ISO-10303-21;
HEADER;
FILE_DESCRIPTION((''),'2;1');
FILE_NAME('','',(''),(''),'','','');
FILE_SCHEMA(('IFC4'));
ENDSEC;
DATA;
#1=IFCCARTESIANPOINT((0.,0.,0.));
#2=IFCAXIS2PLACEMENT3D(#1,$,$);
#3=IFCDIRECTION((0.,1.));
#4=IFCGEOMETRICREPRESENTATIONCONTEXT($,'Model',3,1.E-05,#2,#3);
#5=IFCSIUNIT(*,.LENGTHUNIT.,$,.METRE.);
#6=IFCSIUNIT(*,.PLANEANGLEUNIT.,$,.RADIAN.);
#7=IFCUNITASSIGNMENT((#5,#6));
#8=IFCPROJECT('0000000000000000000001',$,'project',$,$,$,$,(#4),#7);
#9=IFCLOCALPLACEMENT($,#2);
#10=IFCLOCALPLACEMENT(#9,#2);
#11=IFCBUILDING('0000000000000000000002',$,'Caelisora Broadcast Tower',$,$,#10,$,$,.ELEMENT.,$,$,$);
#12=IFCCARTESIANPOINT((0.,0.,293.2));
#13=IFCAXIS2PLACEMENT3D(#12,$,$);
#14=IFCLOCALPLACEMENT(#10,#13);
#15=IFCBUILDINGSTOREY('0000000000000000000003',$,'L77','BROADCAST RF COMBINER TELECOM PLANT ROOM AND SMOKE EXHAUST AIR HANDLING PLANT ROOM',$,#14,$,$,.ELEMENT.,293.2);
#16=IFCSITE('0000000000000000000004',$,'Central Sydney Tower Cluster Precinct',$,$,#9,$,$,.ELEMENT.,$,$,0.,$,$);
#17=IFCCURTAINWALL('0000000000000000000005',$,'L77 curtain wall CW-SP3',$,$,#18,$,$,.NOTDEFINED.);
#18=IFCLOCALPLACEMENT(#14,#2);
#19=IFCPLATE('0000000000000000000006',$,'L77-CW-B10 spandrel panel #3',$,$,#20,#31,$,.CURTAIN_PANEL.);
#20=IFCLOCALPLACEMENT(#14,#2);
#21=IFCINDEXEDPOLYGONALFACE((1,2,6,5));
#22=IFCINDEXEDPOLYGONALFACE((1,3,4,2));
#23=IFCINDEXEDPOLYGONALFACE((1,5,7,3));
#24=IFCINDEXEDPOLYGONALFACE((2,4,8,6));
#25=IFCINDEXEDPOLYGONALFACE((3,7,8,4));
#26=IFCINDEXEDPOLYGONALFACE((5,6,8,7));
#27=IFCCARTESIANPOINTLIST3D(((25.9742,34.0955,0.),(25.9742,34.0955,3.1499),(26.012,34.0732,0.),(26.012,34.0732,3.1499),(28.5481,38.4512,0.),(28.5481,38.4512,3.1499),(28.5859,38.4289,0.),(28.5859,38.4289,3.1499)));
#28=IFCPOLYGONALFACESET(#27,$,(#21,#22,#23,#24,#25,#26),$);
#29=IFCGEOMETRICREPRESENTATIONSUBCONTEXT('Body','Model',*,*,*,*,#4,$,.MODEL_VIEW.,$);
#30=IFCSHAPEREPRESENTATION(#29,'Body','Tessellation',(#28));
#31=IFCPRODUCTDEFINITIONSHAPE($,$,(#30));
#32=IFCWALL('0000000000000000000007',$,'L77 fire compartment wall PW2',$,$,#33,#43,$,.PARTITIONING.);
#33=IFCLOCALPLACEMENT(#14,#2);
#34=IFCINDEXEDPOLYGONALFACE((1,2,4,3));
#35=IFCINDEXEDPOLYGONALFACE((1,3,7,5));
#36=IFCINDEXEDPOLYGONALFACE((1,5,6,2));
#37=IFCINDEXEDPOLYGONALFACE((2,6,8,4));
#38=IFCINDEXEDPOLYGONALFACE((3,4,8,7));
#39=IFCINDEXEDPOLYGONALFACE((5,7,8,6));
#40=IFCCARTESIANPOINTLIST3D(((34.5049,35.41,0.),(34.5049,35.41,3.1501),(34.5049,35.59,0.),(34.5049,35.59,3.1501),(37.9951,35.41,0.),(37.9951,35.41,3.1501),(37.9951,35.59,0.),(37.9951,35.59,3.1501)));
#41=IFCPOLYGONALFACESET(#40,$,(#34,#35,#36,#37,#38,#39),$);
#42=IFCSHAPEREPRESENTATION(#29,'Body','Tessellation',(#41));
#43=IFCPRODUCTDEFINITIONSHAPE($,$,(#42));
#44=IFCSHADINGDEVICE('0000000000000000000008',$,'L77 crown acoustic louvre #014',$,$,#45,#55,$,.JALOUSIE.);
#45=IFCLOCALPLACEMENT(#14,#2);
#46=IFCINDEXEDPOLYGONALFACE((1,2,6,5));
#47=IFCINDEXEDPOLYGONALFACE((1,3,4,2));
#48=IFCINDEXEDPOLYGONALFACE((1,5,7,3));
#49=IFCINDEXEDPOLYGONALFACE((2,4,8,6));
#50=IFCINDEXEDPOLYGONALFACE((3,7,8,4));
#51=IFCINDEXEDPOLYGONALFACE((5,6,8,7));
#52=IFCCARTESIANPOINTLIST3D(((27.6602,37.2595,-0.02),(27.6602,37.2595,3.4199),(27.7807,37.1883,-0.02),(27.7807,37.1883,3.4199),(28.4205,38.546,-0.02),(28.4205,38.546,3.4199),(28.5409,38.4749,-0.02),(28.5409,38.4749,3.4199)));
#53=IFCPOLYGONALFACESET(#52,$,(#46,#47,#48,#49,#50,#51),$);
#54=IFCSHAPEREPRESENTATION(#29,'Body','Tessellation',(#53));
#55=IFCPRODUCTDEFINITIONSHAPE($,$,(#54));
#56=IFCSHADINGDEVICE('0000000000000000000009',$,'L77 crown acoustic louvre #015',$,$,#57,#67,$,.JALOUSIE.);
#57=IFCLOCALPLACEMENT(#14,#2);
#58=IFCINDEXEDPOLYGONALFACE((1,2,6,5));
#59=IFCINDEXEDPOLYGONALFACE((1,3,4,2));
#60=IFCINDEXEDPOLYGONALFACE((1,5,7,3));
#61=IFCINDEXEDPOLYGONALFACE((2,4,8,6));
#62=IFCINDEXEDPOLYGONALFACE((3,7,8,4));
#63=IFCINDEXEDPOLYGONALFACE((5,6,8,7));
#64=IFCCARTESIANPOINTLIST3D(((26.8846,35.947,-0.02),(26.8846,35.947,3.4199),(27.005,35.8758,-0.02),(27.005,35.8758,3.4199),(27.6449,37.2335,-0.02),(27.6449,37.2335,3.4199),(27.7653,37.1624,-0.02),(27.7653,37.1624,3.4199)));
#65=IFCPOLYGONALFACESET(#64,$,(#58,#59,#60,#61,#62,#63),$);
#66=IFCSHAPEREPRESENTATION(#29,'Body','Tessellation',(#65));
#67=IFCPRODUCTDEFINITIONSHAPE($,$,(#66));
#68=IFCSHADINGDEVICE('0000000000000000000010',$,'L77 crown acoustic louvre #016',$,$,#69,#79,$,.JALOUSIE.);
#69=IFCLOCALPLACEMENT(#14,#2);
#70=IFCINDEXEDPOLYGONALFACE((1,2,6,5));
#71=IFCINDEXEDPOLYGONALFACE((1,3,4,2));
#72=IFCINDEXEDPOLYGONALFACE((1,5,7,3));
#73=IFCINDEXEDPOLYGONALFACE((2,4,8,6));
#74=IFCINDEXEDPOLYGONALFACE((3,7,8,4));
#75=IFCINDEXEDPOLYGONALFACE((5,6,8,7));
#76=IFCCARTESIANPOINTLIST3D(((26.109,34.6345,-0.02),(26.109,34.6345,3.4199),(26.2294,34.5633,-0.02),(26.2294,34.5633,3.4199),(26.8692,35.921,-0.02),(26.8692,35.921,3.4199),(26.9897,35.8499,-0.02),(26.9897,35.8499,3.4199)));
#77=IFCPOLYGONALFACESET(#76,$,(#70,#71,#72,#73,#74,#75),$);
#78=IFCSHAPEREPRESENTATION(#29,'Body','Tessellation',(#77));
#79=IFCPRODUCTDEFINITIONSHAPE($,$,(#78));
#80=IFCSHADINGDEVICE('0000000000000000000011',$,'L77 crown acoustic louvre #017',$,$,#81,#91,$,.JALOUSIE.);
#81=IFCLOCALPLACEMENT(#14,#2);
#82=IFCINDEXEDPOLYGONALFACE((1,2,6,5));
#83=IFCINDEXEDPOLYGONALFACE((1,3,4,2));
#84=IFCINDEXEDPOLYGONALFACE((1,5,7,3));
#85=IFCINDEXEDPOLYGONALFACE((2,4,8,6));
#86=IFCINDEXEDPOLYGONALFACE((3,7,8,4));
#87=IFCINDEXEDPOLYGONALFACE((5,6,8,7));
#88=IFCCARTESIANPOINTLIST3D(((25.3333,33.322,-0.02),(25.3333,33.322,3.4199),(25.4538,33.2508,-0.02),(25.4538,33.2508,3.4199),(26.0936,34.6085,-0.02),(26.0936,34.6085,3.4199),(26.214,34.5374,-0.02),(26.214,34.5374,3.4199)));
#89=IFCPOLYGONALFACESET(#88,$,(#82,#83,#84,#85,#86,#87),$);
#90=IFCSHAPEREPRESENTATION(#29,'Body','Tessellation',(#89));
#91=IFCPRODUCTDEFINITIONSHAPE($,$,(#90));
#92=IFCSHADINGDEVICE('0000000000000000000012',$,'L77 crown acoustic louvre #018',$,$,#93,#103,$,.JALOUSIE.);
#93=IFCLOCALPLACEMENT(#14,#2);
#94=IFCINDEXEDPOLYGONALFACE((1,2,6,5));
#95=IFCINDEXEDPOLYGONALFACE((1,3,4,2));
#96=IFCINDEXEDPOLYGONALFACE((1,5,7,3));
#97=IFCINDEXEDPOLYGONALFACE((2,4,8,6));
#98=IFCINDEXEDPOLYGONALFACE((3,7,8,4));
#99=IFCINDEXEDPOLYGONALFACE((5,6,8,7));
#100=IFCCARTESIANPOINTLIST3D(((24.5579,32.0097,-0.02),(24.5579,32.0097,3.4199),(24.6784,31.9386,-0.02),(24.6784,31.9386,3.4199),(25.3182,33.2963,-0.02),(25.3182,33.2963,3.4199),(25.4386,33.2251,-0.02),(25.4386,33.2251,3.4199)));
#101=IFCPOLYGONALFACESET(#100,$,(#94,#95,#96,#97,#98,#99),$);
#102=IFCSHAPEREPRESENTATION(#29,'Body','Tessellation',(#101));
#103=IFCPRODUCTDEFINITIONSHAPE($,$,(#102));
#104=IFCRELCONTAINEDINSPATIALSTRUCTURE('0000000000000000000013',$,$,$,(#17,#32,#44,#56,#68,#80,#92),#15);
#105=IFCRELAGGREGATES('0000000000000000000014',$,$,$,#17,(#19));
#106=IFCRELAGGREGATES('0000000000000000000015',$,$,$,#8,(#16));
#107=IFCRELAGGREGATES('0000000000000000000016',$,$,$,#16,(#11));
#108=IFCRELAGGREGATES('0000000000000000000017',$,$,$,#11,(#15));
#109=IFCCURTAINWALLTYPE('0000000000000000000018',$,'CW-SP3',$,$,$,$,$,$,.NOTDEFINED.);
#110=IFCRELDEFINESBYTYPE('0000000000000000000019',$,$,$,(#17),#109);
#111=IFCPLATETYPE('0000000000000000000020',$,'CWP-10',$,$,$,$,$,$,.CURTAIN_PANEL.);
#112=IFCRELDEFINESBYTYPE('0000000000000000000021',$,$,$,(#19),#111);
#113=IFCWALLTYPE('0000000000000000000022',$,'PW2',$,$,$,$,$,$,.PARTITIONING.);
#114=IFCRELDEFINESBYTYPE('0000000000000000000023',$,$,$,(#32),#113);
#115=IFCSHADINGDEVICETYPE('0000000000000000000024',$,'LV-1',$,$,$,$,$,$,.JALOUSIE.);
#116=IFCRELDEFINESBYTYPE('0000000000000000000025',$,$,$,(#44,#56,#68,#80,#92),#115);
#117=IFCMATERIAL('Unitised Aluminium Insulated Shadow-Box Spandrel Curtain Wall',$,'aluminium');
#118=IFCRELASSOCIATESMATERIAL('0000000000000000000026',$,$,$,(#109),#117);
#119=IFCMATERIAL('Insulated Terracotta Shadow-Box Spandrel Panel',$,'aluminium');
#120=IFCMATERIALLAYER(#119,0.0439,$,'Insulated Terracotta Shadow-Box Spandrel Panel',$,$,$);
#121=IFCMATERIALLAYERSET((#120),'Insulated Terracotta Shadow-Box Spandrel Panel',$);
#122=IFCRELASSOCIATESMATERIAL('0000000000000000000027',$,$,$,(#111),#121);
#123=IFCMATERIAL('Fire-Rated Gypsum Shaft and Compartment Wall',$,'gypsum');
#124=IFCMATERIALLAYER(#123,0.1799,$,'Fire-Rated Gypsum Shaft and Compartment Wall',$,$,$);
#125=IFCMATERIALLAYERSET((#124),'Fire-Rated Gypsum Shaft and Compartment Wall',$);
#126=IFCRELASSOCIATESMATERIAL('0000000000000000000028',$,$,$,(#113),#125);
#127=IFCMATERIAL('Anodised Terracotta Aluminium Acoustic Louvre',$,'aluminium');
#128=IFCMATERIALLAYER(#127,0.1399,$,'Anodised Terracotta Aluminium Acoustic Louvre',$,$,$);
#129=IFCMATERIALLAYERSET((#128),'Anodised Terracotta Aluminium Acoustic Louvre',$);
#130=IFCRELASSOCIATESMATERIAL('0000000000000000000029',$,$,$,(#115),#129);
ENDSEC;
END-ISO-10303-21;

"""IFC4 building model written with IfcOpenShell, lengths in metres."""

from ifc_helpers import new_model, si_unit, direction, frame, frame_2d, origin, origin_2d, place, context, subcontext, project, spatial, rectangle, extrude, source, transform, mapped, material, layer, layer_set, type_object, type_shapes, element, aggregate, save


model = new_model("IFC4")

# Units and contexts
model_context = context("Model", 3, precision=1e-05, world=origin(), true_north=direction((0.0, 1.0)))
body_context = subcontext(model_context, "Body", "Model", "MODEL_VIEW")
ifc_project = project(units=[si_unit("LENGTHUNIT", "METRE"), si_unit("PLANEANGLEUNIT", "RADIAN")], contexts=[model_context])

# Site, building, storey
site_placement = place(None, origin())
site = spatial("IfcSite", under=ifc_project, at=site_placement, Name="Central Sydney Tower Cluster Precinct", CompositionType="ELEMENT", RefElevation=0.0)
building_placement = place(site_placement, origin())
building = spatial("IfcBuilding", under=site, at=building_placement, Name="Caelisora Broadcast Tower", CompositionType="ELEMENT")
storey_placement = place(building_placement, frame((0.0, 0.0, 293.2)))
storey = spatial("IfcBuildingStorey", under=building, at=storey_placement, Name="L77", Description="BROADCAST RF COMBINER TELECOM PLANT ROOM AND SMOKE EXHAUST AIR HANDLING PLANT ROOM", CompositionType="ELEMENT", Elevation=293.2)

# Curtain wall
ifc_material_1 = material(Name="Unitised Aluminium Insulated Shadow-Box Spandrel Curtain Wall", Category="aluminium")
curtain_wall_type = type_object("IfcCurtainWallType", Name="CW-SP3", PredefinedType="NOTDEFINED", material=ifc_material_1)
curtain_wall_1_placement = place(storey_placement, origin())
curtain_wall_1 = element("IfcCurtainWall", 1, at=curtain_wall_1_placement, inside=storey, type_object=curtain_wall_type, Name="L77 curtain wall CW-SP3", PredefinedType="NOTDEFINED")

# Plate
ifc_material_2 = material(Name="Insulated Terracotta Shadow-Box Spandrel Panel", Category="aluminium")
ifc_layer_1 = layer(ifc_material_2, 0.0439, Name="Insulated Terracotta Shadow-Box Spandrel Panel")
ifc_layer_set_1 = layer_set([ifc_layer_1], Name="Insulated Terracotta Shadow-Box Spandrel Panel")
plate_type_1 = type_object("IfcPlateType", Name="CWP-10", PredefinedType="CURTAIN_PANEL", material=ifc_layer_set_1)
shared_shape_1 = source(origin(), body_context, "Body", "SweptSolid", [
    extrude(rectangle(XDim=5.0593, YDim=0.0439, at=origin_2d()), origin(), (0.0, 0.0, 1.0), 3.1499),
])
type_shapes(plate_type_1, [shared_shape_1])
plate_1_placement = place(storey_placement, frame((27.28, 36.2622, 0.0), z_axis=(0.0, 0.0, 1.0), x_axis=(0.508741, 0.86092, 0.0)))
plate_1 = element("IfcPlate", 2, at=plate_1_placement, type_object=plate_type_1, Name="L77-CW-B10 spandrel panel #3", PredefinedType="CURTAIN_PANEL", context=body_context, shape_type="MappedRepresentation", body=[
    mapped(shared_shape_1, transform((0.0, 0.0, 0.0), scale=1.0)),
])
aggregate(curtain_wall_1, [plate_1])

# Wall
ifc_material_3 = material(Name="Fire-Rated Gypsum Shaft and Compartment Wall", Category="gypsum")
ifc_layer_2 = layer(ifc_material_3, 0.1799, Name="Fire-Rated Gypsum Shaft and Compartment Wall")
ifc_layer_set_2 = layer_set([ifc_layer_2], Name="Fire-Rated Gypsum Shaft and Compartment Wall")
wall_type = type_object("IfcWallType", Name="PW2", PredefinedType="PARTITIONING", material=ifc_layer_set_2)
wall_placement = place(storey_placement, frame((34.5049, 35.5, 0.0), z_axis=(0.0, 0.0, 1.0), x_axis=(1.0, 0.0, 0.0)))
element("IfcWall", 3, at=wall_placement, inside=storey, type_object=wall_type, Name="L77 fire compartment wall PW2", PredefinedType="PARTITIONING", context=body_context, shape_type="SweptSolid", body=[
    extrude(rectangle(XDim=3.4902, YDim=0.1799, at=frame_2d((1.7451, 0.0))), origin(), (0.0, 0.0, 1.0), 3.1501),
])

# Shading devices
ifc_material_4 = material(Name="Anodised Terracotta Aluminium Acoustic Louvre", Category="aluminium")
ifc_layer_3 = layer(ifc_material_4, 0.1399, Name="Anodised Terracotta Aluminium Acoustic Louvre")
ifc_layer_set_3 = layer_set([ifc_layer_3], Name="Anodised Terracotta Aluminium Acoustic Louvre")
shading_device_type = type_object("IfcShadingDeviceType", Name="LV-1", PredefinedType="JALOUSIE", material=ifc_layer_set_3)
shared_shape_2 = source(origin(), body_context, "Body", "SweptSolid", [
    extrude(rectangle(XDim=1.4944, YDim=0.1399, at=origin_2d()), origin(), (0.0, 0.0, 1.0), 3.4399),
])
type_shapes(shading_device_type, [shared_shape_2])
for number, where, z_axis, x_axis, name in (
    (4, (28.1006, 37.8672, -0.02), (0.0, 0.0, 1.0), (-0.508741, -0.86092, 0.0), "L77 crown acoustic louvre #014"),
    (5, (27.325, 36.5547, -0.02), (0.0, 0.0, 1.0), (-0.508741, -0.86092, 0.0), "L77 crown acoustic louvre #015"),
    (6, (26.5493, 35.2422, -0.02), (0.0, 0.0, 1.0), (-0.508741, -0.86092, 0.0), "L77 crown acoustic louvre #016"),
    (7, (25.7737, 33.9297, -0.02), (0.0, 0.0, 1.0), (-0.508741, -0.86092, 0.0), "L77 crown acoustic louvre #017"),
    (8, (24.9983, 32.6174, -0.02), (0.0, 0.0, 1.0), (-0.508741, -0.86092, 0.0), "L77 crown acoustic louvre #018"),
):
    element("IfcShadingDevice", number, at=place(storey_placement, frame(where, z_axis=z_axis, x_axis=x_axis)), inside=storey, type_object=shading_device_type, Name=name, PredefinedType="JALOUSIE", context=body_context, shape_type="MappedRepresentation", body=[
        mapped(shared_shape_2, transform((0.0, 0.0, 0.0), scale=1.0)),
    ])

save(model, "model.ifc")
